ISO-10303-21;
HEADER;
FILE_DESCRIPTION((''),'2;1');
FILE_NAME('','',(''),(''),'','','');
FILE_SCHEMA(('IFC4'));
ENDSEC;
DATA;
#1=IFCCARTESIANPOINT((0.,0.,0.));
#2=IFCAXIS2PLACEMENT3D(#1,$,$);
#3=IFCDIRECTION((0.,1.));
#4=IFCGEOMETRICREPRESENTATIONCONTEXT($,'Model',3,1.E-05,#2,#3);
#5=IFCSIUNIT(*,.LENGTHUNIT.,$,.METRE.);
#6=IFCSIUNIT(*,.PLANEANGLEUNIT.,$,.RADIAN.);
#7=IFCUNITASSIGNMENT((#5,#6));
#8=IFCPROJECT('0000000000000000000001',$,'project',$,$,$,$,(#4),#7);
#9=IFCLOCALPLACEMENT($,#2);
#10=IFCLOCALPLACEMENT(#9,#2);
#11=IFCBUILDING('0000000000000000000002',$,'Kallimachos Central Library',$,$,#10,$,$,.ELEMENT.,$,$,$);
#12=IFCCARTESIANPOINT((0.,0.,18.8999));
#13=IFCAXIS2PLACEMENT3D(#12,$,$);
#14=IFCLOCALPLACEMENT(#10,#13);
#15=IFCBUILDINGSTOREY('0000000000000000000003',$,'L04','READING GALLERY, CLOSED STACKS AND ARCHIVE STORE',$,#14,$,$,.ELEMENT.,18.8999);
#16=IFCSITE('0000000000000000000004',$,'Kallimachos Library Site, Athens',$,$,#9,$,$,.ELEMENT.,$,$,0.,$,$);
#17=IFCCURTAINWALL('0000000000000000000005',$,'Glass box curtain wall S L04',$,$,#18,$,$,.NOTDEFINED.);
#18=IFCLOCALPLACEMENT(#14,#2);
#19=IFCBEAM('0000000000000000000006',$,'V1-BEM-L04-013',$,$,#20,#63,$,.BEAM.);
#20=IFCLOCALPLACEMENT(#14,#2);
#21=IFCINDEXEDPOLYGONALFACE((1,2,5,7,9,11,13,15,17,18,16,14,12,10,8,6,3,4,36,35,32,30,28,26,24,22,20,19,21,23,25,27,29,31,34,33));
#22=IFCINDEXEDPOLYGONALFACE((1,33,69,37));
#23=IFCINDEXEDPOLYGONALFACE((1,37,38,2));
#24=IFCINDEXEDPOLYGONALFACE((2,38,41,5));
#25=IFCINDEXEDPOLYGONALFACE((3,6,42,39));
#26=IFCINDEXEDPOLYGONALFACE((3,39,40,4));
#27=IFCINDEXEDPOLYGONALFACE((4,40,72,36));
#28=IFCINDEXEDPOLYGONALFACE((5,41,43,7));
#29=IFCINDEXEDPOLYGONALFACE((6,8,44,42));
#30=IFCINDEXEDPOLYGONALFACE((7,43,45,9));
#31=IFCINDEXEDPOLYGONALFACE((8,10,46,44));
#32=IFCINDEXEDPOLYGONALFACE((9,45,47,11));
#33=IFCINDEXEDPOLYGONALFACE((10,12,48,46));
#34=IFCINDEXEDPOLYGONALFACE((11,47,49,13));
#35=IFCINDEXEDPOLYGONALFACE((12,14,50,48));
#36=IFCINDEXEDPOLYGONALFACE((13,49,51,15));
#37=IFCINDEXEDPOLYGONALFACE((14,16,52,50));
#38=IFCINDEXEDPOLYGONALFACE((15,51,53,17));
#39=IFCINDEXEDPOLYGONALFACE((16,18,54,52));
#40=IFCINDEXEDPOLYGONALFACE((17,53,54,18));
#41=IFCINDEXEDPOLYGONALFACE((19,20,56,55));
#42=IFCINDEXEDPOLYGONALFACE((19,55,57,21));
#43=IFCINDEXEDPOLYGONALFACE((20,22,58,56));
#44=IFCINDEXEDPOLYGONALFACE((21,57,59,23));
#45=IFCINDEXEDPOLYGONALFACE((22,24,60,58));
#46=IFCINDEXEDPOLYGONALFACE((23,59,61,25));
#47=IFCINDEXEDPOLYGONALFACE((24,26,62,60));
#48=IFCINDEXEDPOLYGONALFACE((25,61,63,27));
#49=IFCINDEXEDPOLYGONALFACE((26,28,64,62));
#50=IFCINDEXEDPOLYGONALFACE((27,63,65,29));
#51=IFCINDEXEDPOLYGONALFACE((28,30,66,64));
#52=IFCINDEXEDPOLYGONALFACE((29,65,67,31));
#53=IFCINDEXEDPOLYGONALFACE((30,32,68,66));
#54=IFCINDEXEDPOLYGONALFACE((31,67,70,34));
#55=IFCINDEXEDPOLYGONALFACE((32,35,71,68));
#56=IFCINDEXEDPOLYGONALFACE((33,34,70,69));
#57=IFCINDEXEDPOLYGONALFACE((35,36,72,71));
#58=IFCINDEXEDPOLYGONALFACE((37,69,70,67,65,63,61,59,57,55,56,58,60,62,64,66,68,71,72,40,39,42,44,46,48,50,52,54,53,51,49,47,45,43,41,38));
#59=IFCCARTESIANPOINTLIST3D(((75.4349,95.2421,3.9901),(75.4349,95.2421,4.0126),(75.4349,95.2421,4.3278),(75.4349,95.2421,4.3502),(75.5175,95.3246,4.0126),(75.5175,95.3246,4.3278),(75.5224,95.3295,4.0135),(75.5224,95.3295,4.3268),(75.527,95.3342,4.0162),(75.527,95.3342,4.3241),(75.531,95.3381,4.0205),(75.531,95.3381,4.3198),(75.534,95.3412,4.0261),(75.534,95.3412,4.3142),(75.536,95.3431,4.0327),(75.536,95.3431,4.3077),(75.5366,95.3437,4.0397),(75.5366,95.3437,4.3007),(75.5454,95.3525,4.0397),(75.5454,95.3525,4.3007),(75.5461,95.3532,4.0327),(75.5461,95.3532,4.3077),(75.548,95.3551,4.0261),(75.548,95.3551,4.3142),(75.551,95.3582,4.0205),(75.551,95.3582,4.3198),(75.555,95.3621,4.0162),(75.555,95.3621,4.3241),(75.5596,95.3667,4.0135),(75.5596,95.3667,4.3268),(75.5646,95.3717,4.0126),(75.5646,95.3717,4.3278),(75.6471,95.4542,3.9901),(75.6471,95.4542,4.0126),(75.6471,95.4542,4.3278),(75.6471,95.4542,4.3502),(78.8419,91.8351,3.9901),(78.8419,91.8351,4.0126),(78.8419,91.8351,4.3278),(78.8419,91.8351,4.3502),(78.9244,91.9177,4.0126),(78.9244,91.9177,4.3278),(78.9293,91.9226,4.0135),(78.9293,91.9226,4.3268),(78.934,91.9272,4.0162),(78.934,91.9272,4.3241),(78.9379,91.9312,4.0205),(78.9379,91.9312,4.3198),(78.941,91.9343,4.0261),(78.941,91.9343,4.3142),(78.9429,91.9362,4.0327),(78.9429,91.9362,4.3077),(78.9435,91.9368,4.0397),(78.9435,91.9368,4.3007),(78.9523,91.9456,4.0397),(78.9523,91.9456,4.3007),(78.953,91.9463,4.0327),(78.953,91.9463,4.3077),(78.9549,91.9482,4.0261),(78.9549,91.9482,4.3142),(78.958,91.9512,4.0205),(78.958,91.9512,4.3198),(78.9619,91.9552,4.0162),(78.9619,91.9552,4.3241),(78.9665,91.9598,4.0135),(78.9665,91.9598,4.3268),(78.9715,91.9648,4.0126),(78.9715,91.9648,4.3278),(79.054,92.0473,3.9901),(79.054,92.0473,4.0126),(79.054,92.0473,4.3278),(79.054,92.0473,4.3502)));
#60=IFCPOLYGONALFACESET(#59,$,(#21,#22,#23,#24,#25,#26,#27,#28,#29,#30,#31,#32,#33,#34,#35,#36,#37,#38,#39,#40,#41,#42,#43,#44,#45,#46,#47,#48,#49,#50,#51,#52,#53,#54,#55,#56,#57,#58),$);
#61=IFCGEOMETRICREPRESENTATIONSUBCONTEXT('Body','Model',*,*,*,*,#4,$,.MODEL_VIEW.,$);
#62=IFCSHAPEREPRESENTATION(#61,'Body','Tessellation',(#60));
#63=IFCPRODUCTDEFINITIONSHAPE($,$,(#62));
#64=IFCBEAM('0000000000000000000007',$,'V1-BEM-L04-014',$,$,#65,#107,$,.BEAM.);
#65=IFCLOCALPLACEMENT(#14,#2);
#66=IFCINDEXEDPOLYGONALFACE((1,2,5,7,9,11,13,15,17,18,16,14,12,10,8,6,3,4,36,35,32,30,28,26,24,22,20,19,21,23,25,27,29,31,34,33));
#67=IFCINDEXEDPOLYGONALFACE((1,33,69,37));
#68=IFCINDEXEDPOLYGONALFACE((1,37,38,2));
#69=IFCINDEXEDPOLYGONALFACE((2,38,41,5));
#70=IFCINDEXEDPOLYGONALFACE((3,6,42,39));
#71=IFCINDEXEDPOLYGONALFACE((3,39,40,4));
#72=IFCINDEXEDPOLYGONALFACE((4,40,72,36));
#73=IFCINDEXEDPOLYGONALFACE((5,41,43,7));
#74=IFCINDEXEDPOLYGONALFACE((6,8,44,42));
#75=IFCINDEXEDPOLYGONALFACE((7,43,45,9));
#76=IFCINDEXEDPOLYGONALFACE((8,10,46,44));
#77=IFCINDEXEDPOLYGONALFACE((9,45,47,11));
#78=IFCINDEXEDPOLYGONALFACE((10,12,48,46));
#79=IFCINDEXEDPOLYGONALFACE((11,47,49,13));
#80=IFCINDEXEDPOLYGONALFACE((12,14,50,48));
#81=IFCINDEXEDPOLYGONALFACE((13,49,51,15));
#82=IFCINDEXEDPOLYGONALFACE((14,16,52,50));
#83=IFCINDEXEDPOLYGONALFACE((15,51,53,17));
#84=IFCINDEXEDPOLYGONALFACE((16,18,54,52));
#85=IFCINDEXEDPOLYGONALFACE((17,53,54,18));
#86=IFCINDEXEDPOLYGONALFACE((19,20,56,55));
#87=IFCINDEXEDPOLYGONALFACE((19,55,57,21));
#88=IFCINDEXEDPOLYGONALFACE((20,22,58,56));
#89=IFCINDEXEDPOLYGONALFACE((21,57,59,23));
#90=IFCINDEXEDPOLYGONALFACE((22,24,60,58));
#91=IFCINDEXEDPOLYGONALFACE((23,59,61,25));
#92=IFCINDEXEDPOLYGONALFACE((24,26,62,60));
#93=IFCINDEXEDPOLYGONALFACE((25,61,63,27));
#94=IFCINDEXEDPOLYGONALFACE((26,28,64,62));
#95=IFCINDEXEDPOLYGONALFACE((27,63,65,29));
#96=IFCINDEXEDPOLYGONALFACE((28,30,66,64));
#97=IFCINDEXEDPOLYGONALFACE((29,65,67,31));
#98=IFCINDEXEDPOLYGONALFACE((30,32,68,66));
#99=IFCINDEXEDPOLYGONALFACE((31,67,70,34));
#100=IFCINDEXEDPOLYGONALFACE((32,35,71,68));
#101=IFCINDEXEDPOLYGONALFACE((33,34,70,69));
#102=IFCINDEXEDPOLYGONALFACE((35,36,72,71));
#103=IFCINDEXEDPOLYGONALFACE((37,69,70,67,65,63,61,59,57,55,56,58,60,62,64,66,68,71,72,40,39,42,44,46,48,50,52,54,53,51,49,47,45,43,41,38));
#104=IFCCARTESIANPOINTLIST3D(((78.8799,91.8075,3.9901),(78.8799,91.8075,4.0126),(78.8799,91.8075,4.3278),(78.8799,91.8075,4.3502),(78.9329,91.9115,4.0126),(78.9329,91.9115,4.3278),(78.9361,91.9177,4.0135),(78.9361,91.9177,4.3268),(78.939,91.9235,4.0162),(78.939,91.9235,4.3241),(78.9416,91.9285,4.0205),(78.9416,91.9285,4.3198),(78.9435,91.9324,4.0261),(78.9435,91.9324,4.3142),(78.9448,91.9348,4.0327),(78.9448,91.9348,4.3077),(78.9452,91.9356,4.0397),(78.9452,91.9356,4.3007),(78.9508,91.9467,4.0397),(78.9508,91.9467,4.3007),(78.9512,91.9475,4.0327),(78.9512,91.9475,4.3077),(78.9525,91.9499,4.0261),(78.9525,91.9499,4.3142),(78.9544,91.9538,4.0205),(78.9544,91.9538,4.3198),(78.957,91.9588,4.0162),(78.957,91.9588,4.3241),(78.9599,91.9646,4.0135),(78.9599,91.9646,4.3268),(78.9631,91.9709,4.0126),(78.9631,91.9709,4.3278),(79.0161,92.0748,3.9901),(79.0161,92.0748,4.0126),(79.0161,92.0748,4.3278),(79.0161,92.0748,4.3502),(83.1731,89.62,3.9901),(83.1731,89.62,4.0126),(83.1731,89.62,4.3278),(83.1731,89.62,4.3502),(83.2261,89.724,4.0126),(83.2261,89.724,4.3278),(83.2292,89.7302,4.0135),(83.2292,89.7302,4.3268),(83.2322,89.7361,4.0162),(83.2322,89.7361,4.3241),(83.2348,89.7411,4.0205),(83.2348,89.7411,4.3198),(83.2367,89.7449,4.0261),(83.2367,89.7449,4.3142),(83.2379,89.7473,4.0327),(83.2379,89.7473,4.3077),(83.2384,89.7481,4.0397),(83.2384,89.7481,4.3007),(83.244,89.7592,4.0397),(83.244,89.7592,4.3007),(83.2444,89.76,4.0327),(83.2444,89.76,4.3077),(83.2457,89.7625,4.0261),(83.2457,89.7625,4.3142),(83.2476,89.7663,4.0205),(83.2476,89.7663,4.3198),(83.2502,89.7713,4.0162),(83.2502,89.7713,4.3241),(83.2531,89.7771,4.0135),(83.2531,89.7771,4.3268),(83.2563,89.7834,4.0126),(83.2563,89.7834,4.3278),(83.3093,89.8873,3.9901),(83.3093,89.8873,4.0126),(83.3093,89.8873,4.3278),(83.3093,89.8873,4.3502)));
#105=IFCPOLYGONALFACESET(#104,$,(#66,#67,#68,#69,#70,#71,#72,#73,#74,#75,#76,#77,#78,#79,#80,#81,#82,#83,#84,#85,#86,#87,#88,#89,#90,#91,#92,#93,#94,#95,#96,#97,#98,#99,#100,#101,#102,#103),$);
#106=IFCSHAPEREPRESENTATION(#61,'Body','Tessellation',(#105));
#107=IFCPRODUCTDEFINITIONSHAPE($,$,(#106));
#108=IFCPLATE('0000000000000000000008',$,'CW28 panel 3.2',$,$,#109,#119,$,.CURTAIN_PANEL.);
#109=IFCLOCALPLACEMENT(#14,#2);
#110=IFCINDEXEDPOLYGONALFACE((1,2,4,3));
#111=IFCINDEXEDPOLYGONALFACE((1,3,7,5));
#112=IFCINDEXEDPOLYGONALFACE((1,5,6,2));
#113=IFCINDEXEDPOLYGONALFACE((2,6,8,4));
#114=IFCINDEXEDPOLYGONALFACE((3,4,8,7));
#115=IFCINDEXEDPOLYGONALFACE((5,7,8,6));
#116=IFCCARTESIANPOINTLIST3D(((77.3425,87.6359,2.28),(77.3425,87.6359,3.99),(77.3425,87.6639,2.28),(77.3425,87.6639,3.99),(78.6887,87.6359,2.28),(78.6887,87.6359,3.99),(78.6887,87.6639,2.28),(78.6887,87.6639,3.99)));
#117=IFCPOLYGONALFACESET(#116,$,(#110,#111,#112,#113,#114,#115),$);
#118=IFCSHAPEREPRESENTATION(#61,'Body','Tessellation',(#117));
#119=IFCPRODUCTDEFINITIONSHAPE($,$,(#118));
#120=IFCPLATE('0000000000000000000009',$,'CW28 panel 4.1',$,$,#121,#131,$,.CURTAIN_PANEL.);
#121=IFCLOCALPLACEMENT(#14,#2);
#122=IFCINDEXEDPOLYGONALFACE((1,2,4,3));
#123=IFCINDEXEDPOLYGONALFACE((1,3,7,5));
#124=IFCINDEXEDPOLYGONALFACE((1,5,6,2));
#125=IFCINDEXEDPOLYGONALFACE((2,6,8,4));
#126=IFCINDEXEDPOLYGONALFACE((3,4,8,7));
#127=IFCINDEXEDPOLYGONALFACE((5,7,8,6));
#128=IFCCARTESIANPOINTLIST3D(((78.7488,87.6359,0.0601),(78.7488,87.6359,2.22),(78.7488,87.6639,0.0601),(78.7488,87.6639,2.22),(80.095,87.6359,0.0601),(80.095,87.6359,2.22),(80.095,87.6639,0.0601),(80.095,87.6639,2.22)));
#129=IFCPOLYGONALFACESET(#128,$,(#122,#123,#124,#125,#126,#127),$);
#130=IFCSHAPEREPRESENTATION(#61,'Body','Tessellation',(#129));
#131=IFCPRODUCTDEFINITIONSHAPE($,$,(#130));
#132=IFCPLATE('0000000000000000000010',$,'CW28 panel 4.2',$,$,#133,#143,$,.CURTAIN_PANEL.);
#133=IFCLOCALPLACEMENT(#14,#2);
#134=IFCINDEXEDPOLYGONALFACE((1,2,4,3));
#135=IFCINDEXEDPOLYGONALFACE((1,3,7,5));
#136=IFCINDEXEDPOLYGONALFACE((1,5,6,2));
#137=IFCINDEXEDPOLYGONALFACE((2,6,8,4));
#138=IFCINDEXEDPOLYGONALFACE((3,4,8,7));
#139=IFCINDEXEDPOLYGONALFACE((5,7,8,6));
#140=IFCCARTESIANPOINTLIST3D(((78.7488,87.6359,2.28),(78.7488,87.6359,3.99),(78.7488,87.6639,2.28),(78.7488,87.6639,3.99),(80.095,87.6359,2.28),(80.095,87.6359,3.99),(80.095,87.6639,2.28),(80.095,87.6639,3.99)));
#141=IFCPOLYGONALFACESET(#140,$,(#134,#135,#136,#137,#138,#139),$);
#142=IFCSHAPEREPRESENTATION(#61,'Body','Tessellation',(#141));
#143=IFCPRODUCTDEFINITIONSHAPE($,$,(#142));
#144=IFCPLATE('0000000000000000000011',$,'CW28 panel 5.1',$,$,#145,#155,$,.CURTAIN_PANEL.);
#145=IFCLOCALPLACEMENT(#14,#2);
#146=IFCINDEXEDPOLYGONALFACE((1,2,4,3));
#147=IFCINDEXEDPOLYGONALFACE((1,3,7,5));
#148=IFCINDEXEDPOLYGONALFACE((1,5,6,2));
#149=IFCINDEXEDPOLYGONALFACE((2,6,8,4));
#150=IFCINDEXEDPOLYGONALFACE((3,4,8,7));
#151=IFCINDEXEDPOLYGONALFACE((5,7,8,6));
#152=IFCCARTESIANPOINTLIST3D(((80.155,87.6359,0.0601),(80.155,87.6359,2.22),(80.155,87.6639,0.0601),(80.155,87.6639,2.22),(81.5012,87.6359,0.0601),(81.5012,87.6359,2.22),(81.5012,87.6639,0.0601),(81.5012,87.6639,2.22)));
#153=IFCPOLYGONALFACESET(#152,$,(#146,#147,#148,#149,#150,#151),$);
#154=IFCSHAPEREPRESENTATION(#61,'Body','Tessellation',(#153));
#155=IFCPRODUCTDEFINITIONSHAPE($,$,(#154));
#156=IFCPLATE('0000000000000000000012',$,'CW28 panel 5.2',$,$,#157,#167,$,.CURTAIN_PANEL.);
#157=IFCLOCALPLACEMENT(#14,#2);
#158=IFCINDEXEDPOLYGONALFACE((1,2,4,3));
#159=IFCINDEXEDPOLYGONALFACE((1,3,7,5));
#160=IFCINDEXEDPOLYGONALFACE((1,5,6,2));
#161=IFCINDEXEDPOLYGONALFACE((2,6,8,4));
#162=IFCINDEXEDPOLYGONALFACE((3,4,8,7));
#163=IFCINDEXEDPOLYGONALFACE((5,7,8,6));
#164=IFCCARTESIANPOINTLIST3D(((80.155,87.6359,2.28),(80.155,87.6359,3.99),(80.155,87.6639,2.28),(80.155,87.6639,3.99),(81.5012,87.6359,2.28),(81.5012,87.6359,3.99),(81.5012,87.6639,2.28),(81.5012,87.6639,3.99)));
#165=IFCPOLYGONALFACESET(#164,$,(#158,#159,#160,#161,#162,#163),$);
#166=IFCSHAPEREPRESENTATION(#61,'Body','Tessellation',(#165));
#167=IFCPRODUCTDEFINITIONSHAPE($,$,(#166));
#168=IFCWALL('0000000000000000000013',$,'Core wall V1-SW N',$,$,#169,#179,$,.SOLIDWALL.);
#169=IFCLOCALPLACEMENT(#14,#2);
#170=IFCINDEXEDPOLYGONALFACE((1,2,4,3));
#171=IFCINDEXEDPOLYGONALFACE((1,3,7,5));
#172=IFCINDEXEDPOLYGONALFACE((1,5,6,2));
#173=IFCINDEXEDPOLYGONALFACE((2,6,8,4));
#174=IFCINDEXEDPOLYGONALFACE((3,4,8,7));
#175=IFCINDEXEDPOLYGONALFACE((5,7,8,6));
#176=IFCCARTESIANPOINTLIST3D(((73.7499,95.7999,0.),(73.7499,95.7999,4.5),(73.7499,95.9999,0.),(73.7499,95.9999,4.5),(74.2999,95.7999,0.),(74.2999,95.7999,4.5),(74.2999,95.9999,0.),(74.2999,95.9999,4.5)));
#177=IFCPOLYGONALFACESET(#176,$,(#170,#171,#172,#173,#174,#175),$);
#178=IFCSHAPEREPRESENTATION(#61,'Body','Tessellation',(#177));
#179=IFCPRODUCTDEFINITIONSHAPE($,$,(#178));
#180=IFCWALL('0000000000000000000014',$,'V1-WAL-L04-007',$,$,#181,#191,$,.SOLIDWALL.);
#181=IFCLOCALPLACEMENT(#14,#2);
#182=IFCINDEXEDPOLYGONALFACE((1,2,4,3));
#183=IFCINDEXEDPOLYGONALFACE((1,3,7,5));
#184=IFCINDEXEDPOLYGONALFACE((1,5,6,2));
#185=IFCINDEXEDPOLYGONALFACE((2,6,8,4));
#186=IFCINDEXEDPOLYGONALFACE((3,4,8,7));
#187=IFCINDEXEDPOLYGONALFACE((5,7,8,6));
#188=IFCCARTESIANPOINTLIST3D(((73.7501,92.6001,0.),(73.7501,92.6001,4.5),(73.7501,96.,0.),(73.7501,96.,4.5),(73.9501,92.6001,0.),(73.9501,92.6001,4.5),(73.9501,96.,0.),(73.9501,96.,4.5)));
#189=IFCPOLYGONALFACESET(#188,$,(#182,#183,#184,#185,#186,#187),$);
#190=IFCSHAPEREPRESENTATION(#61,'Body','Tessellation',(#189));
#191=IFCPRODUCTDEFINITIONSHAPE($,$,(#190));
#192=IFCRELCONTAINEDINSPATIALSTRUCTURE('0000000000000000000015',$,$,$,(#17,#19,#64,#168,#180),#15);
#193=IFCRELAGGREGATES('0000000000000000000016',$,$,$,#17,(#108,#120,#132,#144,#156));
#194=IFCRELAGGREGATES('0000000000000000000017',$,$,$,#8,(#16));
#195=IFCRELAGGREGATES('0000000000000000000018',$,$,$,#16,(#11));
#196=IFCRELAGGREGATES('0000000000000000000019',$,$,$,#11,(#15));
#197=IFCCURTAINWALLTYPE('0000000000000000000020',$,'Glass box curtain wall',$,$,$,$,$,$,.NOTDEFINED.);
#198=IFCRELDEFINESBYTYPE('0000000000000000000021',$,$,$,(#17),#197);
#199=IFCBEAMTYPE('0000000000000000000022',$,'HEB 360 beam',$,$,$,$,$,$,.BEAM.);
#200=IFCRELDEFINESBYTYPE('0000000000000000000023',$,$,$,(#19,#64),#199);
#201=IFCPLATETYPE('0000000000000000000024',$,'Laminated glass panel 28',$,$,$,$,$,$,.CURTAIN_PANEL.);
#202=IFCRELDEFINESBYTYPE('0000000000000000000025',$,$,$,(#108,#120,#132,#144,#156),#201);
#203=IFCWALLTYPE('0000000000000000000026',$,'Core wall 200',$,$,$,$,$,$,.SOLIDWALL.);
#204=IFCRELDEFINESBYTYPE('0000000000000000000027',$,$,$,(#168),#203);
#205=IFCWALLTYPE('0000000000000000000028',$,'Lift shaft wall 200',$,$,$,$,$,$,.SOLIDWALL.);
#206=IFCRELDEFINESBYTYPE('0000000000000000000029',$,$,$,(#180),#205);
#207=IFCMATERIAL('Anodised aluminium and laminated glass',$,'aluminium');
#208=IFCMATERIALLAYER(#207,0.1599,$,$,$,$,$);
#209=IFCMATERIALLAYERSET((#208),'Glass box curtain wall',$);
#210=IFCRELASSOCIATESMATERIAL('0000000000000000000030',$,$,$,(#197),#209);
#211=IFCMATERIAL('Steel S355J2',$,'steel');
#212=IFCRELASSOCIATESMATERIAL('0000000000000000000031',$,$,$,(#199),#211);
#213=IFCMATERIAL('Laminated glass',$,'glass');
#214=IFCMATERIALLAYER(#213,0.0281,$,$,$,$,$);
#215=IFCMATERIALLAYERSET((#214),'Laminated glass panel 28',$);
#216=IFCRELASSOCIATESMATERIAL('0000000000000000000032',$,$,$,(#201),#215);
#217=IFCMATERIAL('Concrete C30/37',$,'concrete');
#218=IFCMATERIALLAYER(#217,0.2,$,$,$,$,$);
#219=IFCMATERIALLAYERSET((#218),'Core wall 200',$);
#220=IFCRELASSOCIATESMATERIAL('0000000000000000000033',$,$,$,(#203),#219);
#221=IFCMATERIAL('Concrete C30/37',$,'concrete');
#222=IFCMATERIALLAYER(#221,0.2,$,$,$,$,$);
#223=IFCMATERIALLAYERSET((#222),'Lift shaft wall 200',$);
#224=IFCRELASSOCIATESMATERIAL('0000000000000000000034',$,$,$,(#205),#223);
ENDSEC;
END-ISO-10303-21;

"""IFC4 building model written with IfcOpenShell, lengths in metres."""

from ifc_helpers import new_model, si_unit, direction, frame, frame_2d, origin, origin_2d, place, context, subcontext, project, spatial, rectangle, i_section, extrude, material, layer, layer_set, material_profile, profile_set, type_object, element, aggregate, save


model = new_model("IFC4")

# Units and contexts
model_context = context("Model", 3, precision=1e-05, world=origin(), true_north=direction((0.0, 1.0)))
body_context = subcontext(model_context, "Body", "Model", "MODEL_VIEW")
ifc_project = project(units=[si_unit("LENGTHUNIT", "METRE"), si_unit("PLANEANGLEUNIT", "RADIAN")], contexts=[model_context])

# Site, building, storey
site_placement = place(None, origin())
site = spatial("IfcSite", under=ifc_project, at=site_placement, Name="Kallimachos Library Site, Athens", CompositionType="ELEMENT", RefElevation=0.0)
building_placement = place(site_placement, origin())
building = spatial("IfcBuilding", under=site, at=building_placement, Name="Kallimachos Central Library", CompositionType="ELEMENT")
storey_placement = place(building_placement, frame((0.0, 0.0, 18.8999)))
storey = spatial("IfcBuildingStorey", under=building, at=storey_placement, Name="L04", Description="READING GALLERY, CLOSED STACKS AND ARCHIVE STORE", CompositionType="ELEMENT", Elevation=18.8999)

# Curtain wall
ifc_material_1 = material(Name="Anodised aluminium and laminated glass", Category="aluminium")
ifc_layer_1 = layer(ifc_material_1, 0.1599)
ifc_layer_set_1 = layer_set([ifc_layer_1], Name="Glass box curtain wall")
curtain_wall_type = type_object("IfcCurtainWallType", Name="Glass box curtain wall", PredefinedType="NOTDEFINED", material=ifc_layer_set_1)
curtain_wall_placement = place(storey_placement, origin())
curtain_wall = element("IfcCurtainWall", 1, at=curtain_wall_placement, inside=storey, type_object=curtain_wall_type, Name="Glass box curtain wall S L04", PredefinedType="NOTDEFINED")

# Beams
ifc_material_2 = material(Name="Steel S355J2", Category="steel")
ifc_material_profile_1 = material_profile(ifc_material_2, i_section(OverallWidth=0.3, OverallDepth=0.3601, WebThickness=0.0125, FlangeThickness=0.0225, FilletRadius=0.0271, at=origin_2d()), Name="HEB 360")
ifc_profile_set_1 = profile_set([ifc_material_profile_1], Name="Steel S355J2")
beam_type_1 = type_object("IfcBeamType", Name="HEB 360 beam", PredefinedType="BEAM", material=ifc_profile_set_1)
beam_1_placement = place(storey_placement, frame((75.541, 95.3481, 4.1702), z_axis=(0.707107, -0.707107, 0.0), x_axis=(0.707107, 0.707107, 0.0)))
element("IfcBeam", 2, at=beam_1_placement, inside=storey, type_object=beam_type_1, Name="V1-BEM-L04-013", PredefinedType="BEAM", context=body_context, shape_type="SweptSolid", body=[
    extrude(i_section(OverallWidth=0.3, OverallDepth=0.3601, WebThickness=0.0125, FlangeThickness=0.0225, FilletRadius=0.0271, at=origin_2d()), origin(), (0.0, 0.0, 1.0), 4.8181),
])
beam_2_placement = place(storey_placement, frame((78.948, 91.9412, 4.1702), z_axis=(0.891007, -0.45399, 0.0), x_axis=(0.45399, 0.891007, 0.0)))
element("IfcBeam", 3, at=beam_2_placement, inside=storey, type_object=beam_type_1, Name="V1-BEM-L04-014", PredefinedType="BEAM", context=body_context, shape_type="SweptSolid", body=[
    extrude(i_section(OverallWidth=0.3, OverallDepth=0.3601, WebThickness=0.0125, FlangeThickness=0.0225, FilletRadius=0.0271, at=origin_2d()), origin(), (0.0, 0.0, 1.0), 4.8184),
])

# Plates
ifc_material_3 = material(Name="Laminated glass", Category="glass")
ifc_layer_2 = layer(ifc_material_3, 0.0281)
ifc_layer_set_2 = layer_set([ifc_layer_2], Name="Laminated glass panel 28")
plate_type = type_object("IfcPlateType", Name="Laminated glass panel 28", PredefinedType="CURTAIN_PANEL", material=ifc_layer_set_2)
plate_1_placement = place(storey_placement, frame((78.0156, 87.6499, 2.28), z_axis=(0.0, 0.0, 1.0), x_axis=(1.0, 0.0, 0.0)))
plate_1 = element("IfcPlate", 4, at=plate_1_placement, type_object=plate_type, Name="CW28 panel 3.2", PredefinedType="CURTAIN_PANEL", context=body_context, shape_type="SweptSolid", body=[
    extrude(rectangle(XDim=1.3462, YDim=0.0281, at=origin_2d()), origin(), (0.0, 0.0, 1.0), 1.71),
])
plate_2_placement = place(storey_placement, frame((79.4219, 87.6499, 0.0601), z_axis=(0.0, 0.0, 1.0), x_axis=(1.0, 0.0, 0.0)))
plate_2 = element("IfcPlate", 5, at=plate_2_placement, type_object=plate_type, Name="CW28 panel 4.1", PredefinedType="CURTAIN_PANEL", context=body_context, shape_type="SweptSolid", body=[
    extrude(rectangle(XDim=1.3462, YDim=0.0281, at=origin_2d()), origin(), (0.0, 0.0, 1.0), 2.1599),
])
plate_3_placement = place(storey_placement, frame((79.4219, 87.6499, 2.28), z_axis=(0.0, 0.0, 1.0), x_axis=(1.0, 0.0, 0.0)))
plate_3 = element("IfcPlate", 6, at=plate_3_placement, type_object=plate_type, Name="CW28 panel 4.2", PredefinedType="CURTAIN_PANEL", context=body_context, shape_type="SweptSolid", body=[
    extrude(rectangle(XDim=1.3462, YDim=0.0281, at=origin_2d()), origin(), (0.0, 0.0, 1.0), 1.71),
])
plate_4_placement = place(storey_placement, frame((80.8281, 87.6499, 0.0601), z_axis=(0.0, 0.0, 1.0), x_axis=(1.0, 0.0, 0.0)))
plate_4 = element("IfcPlate", 7, at=plate_4_placement, type_object=plate_type, Name="CW28 panel 5.1", PredefinedType="CURTAIN_PANEL", context=body_context, shape_type="SweptSolid", body=[
    extrude(rectangle(XDim=1.3462, YDim=0.0281, at=origin_2d()), origin(), (0.0, 0.0, 1.0), 2.1599),
])
plate_5_placement = place(storey_placement, frame((80.8281, 87.6499, 2.28), z_axis=(0.0, 0.0, 1.0), x_axis=(1.0, 0.0, 0.0)))
plate_5 = element("IfcPlate", 8, at=plate_5_placement, type_object=plate_type, Name="CW28 panel 5.2", PredefinedType="CURTAIN_PANEL", context=body_context, shape_type="SweptSolid", body=[
    extrude(rectangle(XDim=1.3462, YDim=0.0281, at=origin_2d()), origin(), (0.0, 0.0, 1.0), 1.71),
])
aggregate(curtain_wall, [plate_1, plate_2, plate_3, plate_4, plate_5])

# Walls
ifc_material_4 = material(Name="Concrete C30/37", Category="concrete")
ifc_layer_3 = layer(ifc_material_4, 0.2)
ifc_layer_set_3 = layer_set([ifc_layer_3], Name="Core wall 200")
wall_type_1 = type_object("IfcWallType", Name="Core wall 200", PredefinedType="SOLIDWALL", material=ifc_layer_set_3)
wall_1_placement = place(storey_placement, frame((73.75, 95.8999, 0.0), z_axis=(0.0, 0.0, 1.0), x_axis=(1.0, 0.0, 0.0)))
element("IfcWall", 9, at=wall_1_placement, inside=storey, type_object=wall_type_1, Name="Core wall V1-SW N", PredefinedType="SOLIDWALL", context=body_context, shape_type="SweptSolid", body=[
    extrude(rectangle(XDim=0.55, YDim=0.2, at=frame_2d((0.2749, 0.0))), origin(), (0.0, 0.0, 1.0), 4.5),
])
ifc_material_5 = material(Name="Concrete C30/37", Category="concrete")
ifc_layer_4 = layer(ifc_material_5, 0.2)
ifc_layer_set_4 = layer_set([ifc_layer_4], Name="Lift shaft wall 200")
wall_type_2 = type_object("IfcWallType", Name="Lift shaft wall 200", PredefinedType="SOLIDWALL", material=ifc_layer_set_4)
wall_2_placement = place(storey_placement, frame((73.8501, 92.6001, 0.0), z_axis=(0.0, 0.0, 1.0), x_axis=(0.0, 1.0, 0.0)))
element("IfcWall", 10, at=wall_2_placement, inside=storey, type_object=wall_type_2, Name="V1-WAL-L04-007", PredefinedType="SOLIDWALL", context=body_context, shape_type="SweptSolid", body=[
    extrude(rectangle(XDim=3.3999, YDim=0.2, at=frame_2d((1.7, 0.0))), origin(), (0.0, 0.0, 1.0), 4.5),
])

save(model, "model.ifc")
